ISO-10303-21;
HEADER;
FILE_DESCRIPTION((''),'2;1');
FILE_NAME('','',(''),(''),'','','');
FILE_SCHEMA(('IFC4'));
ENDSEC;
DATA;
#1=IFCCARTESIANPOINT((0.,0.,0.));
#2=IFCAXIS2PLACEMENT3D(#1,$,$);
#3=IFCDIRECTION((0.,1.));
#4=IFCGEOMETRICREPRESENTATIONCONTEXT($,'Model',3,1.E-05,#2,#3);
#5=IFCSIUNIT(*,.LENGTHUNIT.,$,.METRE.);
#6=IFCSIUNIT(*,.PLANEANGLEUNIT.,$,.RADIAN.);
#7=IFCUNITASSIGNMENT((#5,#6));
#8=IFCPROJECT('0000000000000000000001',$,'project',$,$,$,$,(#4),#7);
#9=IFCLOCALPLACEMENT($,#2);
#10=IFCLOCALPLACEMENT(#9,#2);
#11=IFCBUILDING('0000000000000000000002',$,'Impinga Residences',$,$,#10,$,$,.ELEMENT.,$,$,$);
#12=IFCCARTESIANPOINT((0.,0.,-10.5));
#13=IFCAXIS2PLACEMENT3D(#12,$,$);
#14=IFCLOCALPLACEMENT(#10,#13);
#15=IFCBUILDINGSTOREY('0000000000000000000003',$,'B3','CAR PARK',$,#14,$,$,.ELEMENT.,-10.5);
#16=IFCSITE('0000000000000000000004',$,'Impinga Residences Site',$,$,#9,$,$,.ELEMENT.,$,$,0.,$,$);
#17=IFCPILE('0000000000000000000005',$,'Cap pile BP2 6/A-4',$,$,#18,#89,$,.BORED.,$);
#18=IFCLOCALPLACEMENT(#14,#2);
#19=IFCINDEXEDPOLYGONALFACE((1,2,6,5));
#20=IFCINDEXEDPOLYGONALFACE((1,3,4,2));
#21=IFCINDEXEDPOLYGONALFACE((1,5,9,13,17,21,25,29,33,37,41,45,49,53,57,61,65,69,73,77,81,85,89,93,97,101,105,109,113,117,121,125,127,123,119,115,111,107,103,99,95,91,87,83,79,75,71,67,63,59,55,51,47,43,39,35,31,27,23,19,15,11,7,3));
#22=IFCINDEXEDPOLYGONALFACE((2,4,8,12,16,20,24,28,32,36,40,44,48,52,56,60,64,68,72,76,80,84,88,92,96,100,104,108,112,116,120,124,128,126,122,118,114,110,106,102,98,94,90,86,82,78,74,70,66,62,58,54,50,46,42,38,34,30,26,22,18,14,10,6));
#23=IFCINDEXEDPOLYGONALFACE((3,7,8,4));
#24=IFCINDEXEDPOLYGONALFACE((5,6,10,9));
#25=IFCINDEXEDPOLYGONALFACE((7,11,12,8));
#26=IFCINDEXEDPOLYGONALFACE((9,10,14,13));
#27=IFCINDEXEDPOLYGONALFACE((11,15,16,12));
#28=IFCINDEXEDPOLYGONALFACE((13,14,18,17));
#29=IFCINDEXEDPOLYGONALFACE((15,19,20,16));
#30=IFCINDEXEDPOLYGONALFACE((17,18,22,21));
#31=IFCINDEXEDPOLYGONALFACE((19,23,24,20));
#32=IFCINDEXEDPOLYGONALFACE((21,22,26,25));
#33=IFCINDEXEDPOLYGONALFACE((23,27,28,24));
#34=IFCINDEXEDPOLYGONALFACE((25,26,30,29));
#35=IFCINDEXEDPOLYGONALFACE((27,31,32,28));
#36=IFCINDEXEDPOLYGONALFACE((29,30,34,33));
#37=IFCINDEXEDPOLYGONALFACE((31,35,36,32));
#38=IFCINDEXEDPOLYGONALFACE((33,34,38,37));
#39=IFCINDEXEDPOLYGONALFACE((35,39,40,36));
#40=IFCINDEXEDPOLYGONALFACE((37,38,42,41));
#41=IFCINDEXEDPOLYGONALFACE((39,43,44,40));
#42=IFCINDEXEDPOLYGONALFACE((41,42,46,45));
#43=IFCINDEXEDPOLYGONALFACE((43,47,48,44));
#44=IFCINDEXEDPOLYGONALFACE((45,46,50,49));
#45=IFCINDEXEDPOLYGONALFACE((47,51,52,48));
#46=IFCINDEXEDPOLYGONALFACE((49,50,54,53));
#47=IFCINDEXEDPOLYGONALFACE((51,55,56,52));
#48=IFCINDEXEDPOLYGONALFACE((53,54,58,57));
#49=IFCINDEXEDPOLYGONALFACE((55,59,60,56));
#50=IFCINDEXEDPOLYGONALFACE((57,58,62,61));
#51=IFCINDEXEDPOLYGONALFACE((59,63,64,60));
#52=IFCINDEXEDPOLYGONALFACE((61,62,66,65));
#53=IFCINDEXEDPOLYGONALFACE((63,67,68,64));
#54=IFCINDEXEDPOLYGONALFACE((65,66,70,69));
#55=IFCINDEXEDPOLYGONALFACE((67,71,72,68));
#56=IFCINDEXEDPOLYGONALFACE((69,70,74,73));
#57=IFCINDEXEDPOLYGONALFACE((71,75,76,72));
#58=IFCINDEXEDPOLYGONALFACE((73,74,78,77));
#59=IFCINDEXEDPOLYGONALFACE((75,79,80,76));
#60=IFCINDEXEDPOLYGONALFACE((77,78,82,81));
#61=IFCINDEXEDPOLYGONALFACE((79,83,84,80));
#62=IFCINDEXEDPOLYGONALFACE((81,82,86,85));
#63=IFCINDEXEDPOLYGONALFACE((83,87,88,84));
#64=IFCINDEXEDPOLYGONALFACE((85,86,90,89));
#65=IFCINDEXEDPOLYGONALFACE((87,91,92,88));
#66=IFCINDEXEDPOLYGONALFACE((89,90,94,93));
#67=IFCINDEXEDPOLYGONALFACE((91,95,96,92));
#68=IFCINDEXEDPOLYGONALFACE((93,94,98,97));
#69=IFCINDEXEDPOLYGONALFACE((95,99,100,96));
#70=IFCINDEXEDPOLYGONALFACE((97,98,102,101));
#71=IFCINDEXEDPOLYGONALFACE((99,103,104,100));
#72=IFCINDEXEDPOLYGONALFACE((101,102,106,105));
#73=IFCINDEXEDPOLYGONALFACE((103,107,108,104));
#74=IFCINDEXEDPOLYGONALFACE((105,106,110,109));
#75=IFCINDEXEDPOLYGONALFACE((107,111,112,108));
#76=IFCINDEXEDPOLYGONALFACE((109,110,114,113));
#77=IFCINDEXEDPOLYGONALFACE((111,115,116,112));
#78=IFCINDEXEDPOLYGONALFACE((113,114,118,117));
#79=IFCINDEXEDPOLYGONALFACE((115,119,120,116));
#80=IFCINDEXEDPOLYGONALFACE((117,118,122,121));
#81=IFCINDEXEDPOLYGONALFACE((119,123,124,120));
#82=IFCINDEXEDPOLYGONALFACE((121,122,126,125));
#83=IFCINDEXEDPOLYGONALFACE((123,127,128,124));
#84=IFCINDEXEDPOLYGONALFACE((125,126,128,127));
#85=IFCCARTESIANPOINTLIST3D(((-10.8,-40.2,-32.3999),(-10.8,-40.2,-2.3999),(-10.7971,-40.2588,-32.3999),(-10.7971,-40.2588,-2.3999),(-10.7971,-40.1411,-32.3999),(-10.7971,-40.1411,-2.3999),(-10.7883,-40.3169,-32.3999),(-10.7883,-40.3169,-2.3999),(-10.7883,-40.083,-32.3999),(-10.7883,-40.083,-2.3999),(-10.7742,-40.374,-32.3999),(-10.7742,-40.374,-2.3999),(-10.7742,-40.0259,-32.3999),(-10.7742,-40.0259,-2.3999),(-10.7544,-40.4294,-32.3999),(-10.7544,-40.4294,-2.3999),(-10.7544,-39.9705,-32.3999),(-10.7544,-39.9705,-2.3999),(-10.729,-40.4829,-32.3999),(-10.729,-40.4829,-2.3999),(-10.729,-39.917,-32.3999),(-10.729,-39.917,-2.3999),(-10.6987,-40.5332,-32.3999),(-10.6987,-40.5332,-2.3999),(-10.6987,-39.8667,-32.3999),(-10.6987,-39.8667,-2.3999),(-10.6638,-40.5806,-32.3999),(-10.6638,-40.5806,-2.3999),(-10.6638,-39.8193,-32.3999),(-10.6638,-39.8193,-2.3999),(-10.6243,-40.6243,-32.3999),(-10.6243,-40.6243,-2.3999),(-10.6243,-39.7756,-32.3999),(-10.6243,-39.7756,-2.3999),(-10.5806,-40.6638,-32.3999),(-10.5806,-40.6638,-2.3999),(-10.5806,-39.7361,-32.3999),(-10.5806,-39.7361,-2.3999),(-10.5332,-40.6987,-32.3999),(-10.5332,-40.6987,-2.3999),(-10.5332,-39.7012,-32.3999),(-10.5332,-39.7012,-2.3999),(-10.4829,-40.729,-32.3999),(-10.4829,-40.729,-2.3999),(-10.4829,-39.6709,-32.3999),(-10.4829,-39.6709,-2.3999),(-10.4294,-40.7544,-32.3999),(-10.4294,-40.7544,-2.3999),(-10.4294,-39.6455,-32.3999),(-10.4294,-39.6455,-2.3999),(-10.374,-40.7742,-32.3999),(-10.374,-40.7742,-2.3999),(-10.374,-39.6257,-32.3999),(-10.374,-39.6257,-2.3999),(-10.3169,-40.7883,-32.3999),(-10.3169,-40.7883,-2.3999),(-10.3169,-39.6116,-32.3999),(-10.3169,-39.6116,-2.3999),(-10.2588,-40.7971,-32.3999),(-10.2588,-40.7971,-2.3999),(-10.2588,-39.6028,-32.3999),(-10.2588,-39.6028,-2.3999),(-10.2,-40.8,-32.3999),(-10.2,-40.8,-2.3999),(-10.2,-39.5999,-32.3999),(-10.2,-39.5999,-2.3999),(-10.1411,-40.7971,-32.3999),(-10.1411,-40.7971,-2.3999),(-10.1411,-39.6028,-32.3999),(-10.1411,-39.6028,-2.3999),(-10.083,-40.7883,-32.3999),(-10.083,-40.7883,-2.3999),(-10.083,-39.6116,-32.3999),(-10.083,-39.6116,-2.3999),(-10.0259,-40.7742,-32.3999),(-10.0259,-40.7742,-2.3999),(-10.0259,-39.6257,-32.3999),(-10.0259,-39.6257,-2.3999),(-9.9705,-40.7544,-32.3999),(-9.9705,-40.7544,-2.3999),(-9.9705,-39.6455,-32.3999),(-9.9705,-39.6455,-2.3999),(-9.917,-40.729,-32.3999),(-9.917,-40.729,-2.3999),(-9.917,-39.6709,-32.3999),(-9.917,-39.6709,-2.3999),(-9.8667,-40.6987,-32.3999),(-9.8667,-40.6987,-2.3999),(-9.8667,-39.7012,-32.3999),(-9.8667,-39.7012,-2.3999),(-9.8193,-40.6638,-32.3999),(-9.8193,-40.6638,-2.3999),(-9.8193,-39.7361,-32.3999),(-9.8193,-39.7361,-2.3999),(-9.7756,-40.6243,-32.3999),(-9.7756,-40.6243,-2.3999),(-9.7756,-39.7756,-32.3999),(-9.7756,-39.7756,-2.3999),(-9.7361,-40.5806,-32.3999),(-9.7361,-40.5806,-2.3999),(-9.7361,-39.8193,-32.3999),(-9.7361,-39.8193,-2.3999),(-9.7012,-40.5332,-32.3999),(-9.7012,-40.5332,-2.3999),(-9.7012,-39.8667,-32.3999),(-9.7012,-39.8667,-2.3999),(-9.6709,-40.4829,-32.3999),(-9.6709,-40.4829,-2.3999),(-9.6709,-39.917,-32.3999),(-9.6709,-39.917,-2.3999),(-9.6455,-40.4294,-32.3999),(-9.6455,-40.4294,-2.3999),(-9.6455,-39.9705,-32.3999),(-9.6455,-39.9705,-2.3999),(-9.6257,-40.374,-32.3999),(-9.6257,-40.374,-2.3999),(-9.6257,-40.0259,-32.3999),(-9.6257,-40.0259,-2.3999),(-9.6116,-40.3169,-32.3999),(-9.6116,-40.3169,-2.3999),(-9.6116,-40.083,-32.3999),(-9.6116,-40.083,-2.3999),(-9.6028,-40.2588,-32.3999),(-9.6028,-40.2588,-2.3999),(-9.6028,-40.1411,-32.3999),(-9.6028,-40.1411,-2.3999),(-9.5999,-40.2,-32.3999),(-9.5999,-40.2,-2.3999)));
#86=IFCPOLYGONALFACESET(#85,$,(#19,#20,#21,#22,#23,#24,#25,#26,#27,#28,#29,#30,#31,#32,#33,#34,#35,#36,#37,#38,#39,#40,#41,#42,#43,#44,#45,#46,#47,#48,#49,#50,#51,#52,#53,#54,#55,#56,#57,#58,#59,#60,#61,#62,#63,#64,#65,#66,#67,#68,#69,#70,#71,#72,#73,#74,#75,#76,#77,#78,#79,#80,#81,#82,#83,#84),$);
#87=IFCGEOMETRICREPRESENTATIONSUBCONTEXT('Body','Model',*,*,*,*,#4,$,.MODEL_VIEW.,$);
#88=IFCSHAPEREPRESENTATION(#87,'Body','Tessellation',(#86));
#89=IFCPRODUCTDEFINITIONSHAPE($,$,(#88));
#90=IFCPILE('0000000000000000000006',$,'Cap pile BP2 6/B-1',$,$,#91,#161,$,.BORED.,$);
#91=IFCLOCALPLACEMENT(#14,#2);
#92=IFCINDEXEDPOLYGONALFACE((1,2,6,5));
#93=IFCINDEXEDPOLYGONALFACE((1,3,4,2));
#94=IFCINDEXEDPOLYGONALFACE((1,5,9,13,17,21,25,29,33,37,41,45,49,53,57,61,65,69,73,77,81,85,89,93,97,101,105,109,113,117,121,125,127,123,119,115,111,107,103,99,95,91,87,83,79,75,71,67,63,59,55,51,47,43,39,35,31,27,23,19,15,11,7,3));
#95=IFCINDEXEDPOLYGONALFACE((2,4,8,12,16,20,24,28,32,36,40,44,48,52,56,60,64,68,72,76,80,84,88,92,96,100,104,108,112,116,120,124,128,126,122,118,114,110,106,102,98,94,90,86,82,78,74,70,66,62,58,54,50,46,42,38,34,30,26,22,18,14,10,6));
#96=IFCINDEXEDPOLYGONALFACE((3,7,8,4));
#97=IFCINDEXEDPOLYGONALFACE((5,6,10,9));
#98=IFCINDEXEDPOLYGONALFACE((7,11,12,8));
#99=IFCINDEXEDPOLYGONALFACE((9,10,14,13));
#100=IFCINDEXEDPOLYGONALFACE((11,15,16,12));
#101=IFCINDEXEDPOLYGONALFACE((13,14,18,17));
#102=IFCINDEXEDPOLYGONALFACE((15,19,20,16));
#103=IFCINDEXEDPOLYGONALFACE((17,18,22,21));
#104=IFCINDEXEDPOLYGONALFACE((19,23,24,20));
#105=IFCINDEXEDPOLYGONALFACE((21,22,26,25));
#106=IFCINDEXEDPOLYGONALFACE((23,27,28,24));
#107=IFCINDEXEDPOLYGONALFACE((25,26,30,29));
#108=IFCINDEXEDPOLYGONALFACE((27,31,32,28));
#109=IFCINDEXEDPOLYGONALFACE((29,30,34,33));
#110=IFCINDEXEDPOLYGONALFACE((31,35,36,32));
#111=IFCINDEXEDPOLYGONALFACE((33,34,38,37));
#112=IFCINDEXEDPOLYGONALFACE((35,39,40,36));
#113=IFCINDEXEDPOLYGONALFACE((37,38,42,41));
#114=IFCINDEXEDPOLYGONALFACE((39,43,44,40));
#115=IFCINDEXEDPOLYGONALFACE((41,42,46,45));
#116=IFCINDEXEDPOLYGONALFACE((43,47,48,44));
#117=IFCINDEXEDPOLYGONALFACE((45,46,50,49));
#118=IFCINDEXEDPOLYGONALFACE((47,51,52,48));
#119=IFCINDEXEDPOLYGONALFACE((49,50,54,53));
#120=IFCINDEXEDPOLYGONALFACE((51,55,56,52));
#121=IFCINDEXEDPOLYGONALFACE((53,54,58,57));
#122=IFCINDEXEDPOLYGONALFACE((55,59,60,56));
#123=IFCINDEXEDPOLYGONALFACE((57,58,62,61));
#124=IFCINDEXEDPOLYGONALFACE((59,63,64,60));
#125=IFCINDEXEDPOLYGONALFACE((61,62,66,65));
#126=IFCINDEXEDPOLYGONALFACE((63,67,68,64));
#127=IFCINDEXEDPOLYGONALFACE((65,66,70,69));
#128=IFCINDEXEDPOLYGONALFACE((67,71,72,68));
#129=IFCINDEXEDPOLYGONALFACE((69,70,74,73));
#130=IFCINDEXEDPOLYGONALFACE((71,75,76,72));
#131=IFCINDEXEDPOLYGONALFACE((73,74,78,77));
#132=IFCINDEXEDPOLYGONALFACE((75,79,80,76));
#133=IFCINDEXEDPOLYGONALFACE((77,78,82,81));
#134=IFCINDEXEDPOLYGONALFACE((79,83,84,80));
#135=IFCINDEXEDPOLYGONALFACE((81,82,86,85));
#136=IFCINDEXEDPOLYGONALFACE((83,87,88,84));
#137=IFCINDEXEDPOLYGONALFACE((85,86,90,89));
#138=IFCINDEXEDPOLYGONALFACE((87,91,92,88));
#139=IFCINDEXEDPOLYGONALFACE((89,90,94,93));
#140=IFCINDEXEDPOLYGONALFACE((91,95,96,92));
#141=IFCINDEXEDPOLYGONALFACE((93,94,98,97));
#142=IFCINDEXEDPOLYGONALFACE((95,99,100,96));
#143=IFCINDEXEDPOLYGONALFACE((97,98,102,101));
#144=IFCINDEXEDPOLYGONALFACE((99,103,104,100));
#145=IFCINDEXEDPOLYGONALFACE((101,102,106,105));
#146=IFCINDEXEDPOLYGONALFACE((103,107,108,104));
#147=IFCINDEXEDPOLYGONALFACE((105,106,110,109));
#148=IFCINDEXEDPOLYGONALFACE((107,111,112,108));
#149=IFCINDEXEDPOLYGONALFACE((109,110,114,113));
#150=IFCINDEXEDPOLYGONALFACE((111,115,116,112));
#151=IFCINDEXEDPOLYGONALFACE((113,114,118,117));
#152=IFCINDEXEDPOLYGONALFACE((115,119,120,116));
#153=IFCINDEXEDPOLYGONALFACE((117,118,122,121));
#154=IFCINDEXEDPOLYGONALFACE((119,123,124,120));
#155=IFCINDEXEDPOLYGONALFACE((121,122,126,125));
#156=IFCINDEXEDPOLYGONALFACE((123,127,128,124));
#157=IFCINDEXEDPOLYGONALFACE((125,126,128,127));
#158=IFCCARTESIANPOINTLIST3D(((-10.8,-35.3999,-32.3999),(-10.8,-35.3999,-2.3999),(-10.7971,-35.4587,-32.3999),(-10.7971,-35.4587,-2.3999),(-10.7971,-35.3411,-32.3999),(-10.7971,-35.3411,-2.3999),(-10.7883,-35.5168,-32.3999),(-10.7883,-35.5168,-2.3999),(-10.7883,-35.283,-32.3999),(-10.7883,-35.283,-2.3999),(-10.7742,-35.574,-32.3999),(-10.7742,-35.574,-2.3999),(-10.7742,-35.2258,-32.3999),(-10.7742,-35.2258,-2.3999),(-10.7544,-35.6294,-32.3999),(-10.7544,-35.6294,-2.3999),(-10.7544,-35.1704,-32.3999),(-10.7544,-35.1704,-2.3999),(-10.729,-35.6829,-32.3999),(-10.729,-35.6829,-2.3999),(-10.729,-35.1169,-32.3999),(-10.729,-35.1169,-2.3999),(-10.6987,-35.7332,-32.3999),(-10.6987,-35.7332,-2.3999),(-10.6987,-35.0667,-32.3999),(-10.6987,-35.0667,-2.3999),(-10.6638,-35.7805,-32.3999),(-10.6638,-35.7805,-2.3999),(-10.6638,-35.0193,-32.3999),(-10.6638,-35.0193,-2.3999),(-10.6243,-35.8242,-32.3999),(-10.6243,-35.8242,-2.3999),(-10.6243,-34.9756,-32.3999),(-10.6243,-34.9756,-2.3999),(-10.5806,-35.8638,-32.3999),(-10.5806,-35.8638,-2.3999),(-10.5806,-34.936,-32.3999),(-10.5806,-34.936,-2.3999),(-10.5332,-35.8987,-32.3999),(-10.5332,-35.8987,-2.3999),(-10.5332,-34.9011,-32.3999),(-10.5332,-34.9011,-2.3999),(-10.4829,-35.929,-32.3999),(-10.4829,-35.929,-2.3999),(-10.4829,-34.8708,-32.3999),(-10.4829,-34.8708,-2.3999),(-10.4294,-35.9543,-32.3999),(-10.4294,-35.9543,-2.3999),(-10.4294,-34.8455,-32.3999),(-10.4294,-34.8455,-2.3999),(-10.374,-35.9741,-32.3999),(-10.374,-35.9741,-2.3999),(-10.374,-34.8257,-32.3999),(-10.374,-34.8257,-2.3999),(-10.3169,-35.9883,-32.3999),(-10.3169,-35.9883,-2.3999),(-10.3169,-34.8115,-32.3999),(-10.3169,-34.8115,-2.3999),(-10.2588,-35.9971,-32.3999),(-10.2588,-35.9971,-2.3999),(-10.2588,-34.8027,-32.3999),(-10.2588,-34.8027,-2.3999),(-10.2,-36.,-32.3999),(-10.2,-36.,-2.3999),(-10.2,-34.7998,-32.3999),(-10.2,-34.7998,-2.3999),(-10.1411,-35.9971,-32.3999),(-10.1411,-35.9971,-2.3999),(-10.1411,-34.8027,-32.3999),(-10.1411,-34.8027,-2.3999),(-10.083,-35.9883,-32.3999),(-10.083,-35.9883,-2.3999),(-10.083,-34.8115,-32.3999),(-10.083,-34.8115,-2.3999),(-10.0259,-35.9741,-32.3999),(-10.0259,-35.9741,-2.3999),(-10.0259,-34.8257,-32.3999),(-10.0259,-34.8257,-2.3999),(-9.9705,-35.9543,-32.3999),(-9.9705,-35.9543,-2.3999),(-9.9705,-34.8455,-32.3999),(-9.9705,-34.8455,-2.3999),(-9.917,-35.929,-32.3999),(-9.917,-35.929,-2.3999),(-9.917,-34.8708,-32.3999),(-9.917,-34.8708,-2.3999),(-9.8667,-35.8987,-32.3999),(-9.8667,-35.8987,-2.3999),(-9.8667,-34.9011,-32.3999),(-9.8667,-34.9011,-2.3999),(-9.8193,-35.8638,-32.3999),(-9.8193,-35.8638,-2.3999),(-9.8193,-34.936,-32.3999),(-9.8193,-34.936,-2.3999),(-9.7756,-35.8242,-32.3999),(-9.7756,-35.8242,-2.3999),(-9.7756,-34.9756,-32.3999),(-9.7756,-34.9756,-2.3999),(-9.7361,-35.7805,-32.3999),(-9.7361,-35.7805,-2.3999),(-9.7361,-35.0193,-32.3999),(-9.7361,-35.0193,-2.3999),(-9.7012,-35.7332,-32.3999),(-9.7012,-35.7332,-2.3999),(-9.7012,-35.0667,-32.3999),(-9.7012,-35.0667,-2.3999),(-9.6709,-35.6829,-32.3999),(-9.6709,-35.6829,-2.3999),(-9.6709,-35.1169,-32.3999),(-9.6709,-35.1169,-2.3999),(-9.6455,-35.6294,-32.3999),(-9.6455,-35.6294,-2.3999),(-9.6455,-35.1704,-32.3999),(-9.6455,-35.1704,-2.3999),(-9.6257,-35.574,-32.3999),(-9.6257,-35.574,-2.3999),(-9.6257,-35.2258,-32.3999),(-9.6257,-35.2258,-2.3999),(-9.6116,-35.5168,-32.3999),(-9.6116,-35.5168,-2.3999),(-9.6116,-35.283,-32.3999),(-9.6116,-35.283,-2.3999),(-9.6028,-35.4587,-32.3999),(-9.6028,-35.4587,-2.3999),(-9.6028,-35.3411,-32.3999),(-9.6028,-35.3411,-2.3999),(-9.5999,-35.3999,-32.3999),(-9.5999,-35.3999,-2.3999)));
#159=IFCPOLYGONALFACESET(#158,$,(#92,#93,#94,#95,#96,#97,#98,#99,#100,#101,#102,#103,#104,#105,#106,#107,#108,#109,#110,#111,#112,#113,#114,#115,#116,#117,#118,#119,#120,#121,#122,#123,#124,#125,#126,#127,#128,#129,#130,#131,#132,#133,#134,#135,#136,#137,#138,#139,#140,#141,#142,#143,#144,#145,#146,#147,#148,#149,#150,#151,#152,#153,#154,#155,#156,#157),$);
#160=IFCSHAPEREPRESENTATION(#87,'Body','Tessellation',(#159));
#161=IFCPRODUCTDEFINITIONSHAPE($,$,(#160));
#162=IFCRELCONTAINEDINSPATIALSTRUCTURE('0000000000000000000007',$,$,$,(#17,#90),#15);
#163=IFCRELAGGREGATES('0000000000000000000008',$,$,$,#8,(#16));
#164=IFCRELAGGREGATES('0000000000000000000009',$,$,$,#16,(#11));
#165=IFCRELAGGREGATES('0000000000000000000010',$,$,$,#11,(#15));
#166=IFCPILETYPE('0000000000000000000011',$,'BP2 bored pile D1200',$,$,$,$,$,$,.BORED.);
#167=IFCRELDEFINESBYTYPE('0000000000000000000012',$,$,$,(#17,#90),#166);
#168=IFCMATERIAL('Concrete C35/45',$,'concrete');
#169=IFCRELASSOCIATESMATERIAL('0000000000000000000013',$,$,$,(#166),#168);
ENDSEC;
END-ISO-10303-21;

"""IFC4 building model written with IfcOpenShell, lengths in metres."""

from ifc_helpers import new_model, si_unit, direction, frame, origin, origin_2d, place, context, subcontext, project, spatial, polyline, circle, outline, extrude, material, material_profile, profile_set, type_object, element, save


model = new_model("IFC4")

# Units and contexts
model_context = context("Model", 3, precision=1e-05, world=origin(), true_north=direction((0.0, 1.0)))
body_context = subcontext(model_context, "Body", "Model", "MODEL_VIEW")
ifc_project = project(units=[si_unit("LENGTHUNIT", "METRE"), si_unit("PLANEANGLEUNIT", "RADIAN")], contexts=[model_context])

# Site, building, storey
site_placement = place(None, origin())
site = spatial("IfcSite", under=ifc_project, at=site_placement, Name="Impinga Residences Site", CompositionType="ELEMENT", RefElevation=0.0)
building_placement = place(site_placement, origin())
building = spatial("IfcBuilding", under=site, at=building_placement, Name="Impinga Residences", CompositionType="ELEMENT")
storey_placement = place(building_placement, frame((0.0, 0.0, -10.5)))
storey = spatial("IfcBuildingStorey", under=building, at=storey_placement, Name="B3", Description="CAR PARK", CompositionType="ELEMENT", Elevation=-10.5)

# Piles
ifc_material_1 = material(Name="Concrete C35/45", Category="concrete")
ifc_material_profile_1 = material_profile(ifc_material_1, circle(Radius=0.6001, at=origin_2d()), Name="D1200")
ifc_profile_set_1 = profile_set([ifc_material_profile_1], Name="Concrete C35/45")
pile_type_1 = type_object("IfcPileType", Name="BP2 bored pile D1200", PredefinedType="BORED", material=ifc_profile_set_1)
pile_1_placement = place(storey_placement, frame((-10.2, -40.2, -2.3999), z_axis=(0.0, 0.0, -1.0), x_axis=(1.0, 0.0, 0.0)))
element("IfcPile", 1, at=pile_1_placement, inside=storey, type_object=pile_type_1, Name="Cap pile BP2 6/A-4", PredefinedType="BORED", context=body_context, shape_type="SweptSolid", body=[
    extrude(outline(polyline([(0.6001, 0.0), (0.5972, 0.0588), (0.5884, 0.1169), (0.5742, 0.1741), (0.5544, 0.2295), (0.5291, 0.283), (0.4988, 0.3333), (0.4639, 0.3806), (0.4243, 0.4243), (0.3806, 0.4639), (0.3333, 0.4988), (0.283, 0.5291), (0.2295, 0.5544), (0.1741, 0.5742), (0.1169, 0.5884), (0.0588, 0.5972), (0.0, 0.6001), (-0.0588, 0.5972), (-0.1169, 0.5884), (-0.1741, 0.5742), (-0.2295, 0.5544), (-0.283, 0.5291), (-0.3333, 0.4988), (-0.3806, 0.4639), (-0.4243, 0.4243), (-0.4639, 0.3806), (-0.4988, 0.3333), (-0.5291, 0.283), (-0.5544, 0.2295), (-0.5742, 0.1741), (-0.5884, 0.1169), (-0.5972, 0.0588), (-0.6001, 0.0), (-0.5972, -0.0588), (-0.5884, -0.1169), (-0.5742, -0.1741), (-0.5544, -0.2295), (-0.5291, -0.283), (-0.4988, -0.3333), (-0.4639, -0.3806), (-0.4243, -0.4243), (-0.3806, -0.4639), (-0.3333, -0.4988), (-0.283, -0.5291), (-0.2295, -0.5544), (-0.1741, -0.5742), (-0.1169, -0.5884), (-0.0588, -0.5972), (0.0, -0.6001), (0.0588, -0.5972), (0.1169, -0.5884), (0.1741, -0.5742), (0.2295, -0.5544), (0.283, -0.5291), (0.3333, -0.4988), (0.3806, -0.4639), (0.4243, -0.4243), (0.4639, -0.3806), (0.4988, -0.3333), (0.5291, -0.283), (0.5544, -0.2295), (0.5742, -0.1741), (0.5884, -0.1169), (0.5972, -0.0588), (0.6001, 0.0)])), origin(), (0.0, 0.0, 1.0), 30.0),
])
pile_2_placement = place(storey_placement, frame((-10.2, -35.3999, -2.3999), z_axis=(0.0, 0.0, -1.0), x_axis=(1.0, 0.0, 0.0)))
element("IfcPile", 2, at=pile_2_placement, inside=storey, type_object=pile_type_1, Name="Cap pile BP2 6/B-1", PredefinedType="BORED", context=body_context, shape_type="SweptSolid", body=[
    extrude(outline(polyline([(0.6001, 0.0), (0.5972, 0.0588), (0.5884, 0.1169), (0.5742, 0.1741), (0.5544, 0.2295), (0.5291, 0.283), (0.4988, 0.3333), (0.4639, 0.3806), (0.4243, 0.4243), (0.3806, 0.4639), (0.3333, 0.4988), (0.283, 0.5291), (0.2295, 0.5544), (0.1741, 0.5742), (0.1169, 0.5884), (0.0588, 0.5972), (0.0, 0.6001), (-0.0588, 0.5972), (-0.1169, 0.5884), (-0.1741, 0.5742), (-0.2295, 0.5544), (-0.283, 0.5291), (-0.3333, 0.4988), (-0.3806, 0.4639), (-0.4243, 0.4243), (-0.4639, 0.3806), (-0.4988, 0.3333), (-0.5291, 0.283), (-0.5544, 0.2295), (-0.5742, 0.1741), (-0.5884, 0.1169), (-0.5972, 0.0588), (-0.6001, 0.0), (-0.5972, -0.0588), (-0.5884, -0.1169), (-0.5742, -0.1741), (-0.5544, -0.2295), (-0.5291, -0.283), (-0.4988, -0.3333), (-0.4639, -0.3806), (-0.4243, -0.4243), (-0.3806, -0.4639), (-0.3333, -0.4988), (-0.283, -0.5291), (-0.2295, -0.5544), (-0.1741, -0.5742), (-0.1169, -0.5884), (-0.0588, -0.5972), (0.0, -0.6001), (0.0588, -0.5972), (0.1169, -0.5884), (0.1741, -0.5742), (0.2295, -0.5544), (0.283, -0.5291), (0.3333, -0.4988), (0.3806, -0.4639), (0.4243, -0.4243), (0.4639, -0.3806), (0.4988, -0.3333), (0.5291, -0.283), (0.5544, -0.2295), (0.5742, -0.1741), (0.5884, -0.1169), (0.5972, -0.0588), (0.6001, 0.0)])), origin(), (0.0, 0.0, 1.0), 30.0),
])

save(model, "model.ifc")
